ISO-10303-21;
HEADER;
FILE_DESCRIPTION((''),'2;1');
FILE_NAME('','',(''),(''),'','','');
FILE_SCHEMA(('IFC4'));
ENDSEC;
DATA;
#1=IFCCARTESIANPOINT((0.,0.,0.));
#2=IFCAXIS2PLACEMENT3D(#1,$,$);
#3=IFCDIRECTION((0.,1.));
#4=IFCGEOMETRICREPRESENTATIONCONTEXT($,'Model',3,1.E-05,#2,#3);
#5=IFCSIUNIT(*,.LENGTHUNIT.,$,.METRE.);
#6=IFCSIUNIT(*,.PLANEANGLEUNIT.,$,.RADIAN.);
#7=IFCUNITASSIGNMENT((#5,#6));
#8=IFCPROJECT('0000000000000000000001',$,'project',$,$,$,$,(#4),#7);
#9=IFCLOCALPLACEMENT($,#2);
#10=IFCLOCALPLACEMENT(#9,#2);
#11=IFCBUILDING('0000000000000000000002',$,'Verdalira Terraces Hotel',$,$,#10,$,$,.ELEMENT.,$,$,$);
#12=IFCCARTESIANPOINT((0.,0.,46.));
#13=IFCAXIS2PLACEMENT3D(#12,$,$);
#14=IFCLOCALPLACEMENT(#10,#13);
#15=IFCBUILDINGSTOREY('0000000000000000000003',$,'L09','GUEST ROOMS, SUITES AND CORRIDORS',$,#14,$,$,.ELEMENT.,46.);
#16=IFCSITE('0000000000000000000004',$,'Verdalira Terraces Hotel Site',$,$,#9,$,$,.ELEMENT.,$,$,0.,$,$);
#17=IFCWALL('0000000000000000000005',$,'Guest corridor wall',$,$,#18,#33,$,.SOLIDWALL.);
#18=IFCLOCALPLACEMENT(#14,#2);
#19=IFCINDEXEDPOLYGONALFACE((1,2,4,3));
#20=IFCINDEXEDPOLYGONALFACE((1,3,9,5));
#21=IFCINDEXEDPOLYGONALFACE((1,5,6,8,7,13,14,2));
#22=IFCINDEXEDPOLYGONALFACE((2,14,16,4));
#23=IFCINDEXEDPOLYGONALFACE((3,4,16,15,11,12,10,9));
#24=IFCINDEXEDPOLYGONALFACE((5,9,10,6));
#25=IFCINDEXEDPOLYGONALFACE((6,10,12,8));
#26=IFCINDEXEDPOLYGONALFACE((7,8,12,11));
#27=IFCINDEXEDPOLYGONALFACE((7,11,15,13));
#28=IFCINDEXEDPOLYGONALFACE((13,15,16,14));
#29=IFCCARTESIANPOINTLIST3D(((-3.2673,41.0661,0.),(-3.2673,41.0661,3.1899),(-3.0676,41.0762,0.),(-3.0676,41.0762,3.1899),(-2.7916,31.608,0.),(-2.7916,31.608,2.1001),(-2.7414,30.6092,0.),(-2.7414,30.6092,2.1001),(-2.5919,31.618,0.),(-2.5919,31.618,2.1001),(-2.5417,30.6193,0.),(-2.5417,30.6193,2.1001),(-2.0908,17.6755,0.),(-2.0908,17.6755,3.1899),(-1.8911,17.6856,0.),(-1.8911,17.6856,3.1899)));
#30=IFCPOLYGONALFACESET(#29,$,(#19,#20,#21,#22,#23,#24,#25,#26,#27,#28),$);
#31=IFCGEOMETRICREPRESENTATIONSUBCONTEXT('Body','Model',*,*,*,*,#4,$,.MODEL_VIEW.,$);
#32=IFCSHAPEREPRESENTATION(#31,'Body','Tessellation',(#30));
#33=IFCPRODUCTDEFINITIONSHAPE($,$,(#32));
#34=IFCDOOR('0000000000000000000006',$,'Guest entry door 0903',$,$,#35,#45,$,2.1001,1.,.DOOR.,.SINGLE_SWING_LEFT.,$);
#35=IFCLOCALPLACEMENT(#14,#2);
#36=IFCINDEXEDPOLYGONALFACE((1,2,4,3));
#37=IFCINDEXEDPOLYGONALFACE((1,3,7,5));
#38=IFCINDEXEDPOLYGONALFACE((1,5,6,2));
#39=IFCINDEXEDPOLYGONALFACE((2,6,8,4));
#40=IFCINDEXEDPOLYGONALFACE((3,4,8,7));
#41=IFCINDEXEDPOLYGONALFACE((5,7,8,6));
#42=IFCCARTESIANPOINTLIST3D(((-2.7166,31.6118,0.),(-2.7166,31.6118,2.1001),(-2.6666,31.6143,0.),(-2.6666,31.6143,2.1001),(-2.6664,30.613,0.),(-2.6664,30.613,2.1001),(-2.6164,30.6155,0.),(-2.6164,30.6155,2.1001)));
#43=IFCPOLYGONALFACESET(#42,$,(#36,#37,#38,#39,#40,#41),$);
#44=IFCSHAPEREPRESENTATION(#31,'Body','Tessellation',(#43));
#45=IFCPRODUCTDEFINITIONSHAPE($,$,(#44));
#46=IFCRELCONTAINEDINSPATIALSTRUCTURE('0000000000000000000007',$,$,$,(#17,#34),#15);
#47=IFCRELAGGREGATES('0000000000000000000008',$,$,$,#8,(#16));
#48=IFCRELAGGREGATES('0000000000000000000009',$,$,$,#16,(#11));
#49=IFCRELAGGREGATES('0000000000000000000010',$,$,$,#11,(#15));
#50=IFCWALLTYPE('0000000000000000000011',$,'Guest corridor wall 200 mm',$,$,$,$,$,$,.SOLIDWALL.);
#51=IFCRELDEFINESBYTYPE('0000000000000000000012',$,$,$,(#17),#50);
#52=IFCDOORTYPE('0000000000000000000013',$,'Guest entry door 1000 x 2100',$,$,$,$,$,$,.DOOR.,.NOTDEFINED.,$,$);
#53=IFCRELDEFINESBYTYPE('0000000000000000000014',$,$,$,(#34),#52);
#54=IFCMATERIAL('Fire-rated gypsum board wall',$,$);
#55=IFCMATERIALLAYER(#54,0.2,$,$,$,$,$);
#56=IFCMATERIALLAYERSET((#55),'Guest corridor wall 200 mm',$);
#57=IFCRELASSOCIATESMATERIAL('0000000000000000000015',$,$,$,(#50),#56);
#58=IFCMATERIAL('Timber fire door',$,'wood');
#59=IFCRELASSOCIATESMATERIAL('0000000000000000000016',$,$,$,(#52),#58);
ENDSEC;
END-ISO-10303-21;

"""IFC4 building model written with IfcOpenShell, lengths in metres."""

from ifc_helpers import new_model, si_unit, direction, frame, frame_2d, origin, place, context, subcontext, project, spatial, rectangle, extrude, material, layer, layer_set, type_object, element, fill, save


model = new_model("IFC4")

# Units and contexts
model_context = context("Model", 3, precision=1e-05, world=origin(), true_north=direction((0.0, 1.0)))
body_context = subcontext(model_context, "Body", "Model", "MODEL_VIEW")
ifc_project = project(units=[si_unit("LENGTHUNIT", "METRE"), si_unit("PLANEANGLEUNIT", "RADIAN")], contexts=[model_context])

# Site, building, storey
site_placement = place(None, origin())
site = spatial("IfcSite", under=ifc_project, at=site_placement, Name="Verdalira Terraces Hotel Site", CompositionType="ELEMENT", RefElevation=0.0)
building_placement = place(site_placement, origin())
building = spatial("IfcBuilding", under=site, at=building_placement, Name="Verdalira Terraces Hotel", CompositionType="ELEMENT")
storey_placement = place(building_placement, frame((0.0, 0.0, 46.0)))
storey = spatial("IfcBuildingStorey", under=building, at=storey_placement, Name="L09", Description="GUEST ROOMS, SUITES AND CORRIDORS", CompositionType="ELEMENT", Elevation=46.0)

# Shared definitions
ifc_material_1 = material(Name="Fire-rated gypsum board wall")
ifc_layer_1 = layer(ifc_material_1, 0.2)
ifc_layer_set_1 = layer_set([ifc_layer_1], Name="Guest corridor wall 200 mm")
wall_type_1 = type_object("IfcWallType", Name="Guest corridor wall 200 mm", PredefinedType="SOLIDWALL", material=ifc_layer_set_1)
ifc_material_2 = material(Name="Timber fire door", Category="wood")
door_type_1 = type_object("IfcDoorType", Name="Guest entry door 1000 x 2100", OperationType="NOTDEFINED", PredefinedType="DOOR", material=ifc_material_2)

# Wall, opening, door
wall_1_placement = place(storey_placement, frame((-1.991, 17.6807, 0.0), z_axis=(0.0, 0.0, 1.0), x_axis=(-0.050235, 0.998737, 0.0)))
wall_1 = element("IfcWall", 1, at=wall_1_placement, inside=storey, type_object=wall_type_1, Name="Guest corridor wall", PredefinedType="SOLIDWALL", context=body_context, shape_type="SweptSolid", body=[
    extrude(rectangle(XDim=23.4202, YDim=0.2, at=frame_2d((11.71, 0.0))), origin(), (0.0, 0.0, 1.0), 3.1899),
])
opening_1_placement = place(wall_1_placement, frame((12.95, 0.0, 0.0)))
opening_1 = element("IfcOpeningElement", 2, at=opening_1_placement, cuts=wall_1, PredefinedType="OPENING", context=body_context, shape_type="SweptSolid", body=[
    extrude(rectangle(XDim=1.0, YDim=2.1001, at=frame_2d((0.5, 1.05))), frame((0.0, 0.1099, 0.0), z_axis=(0.0, -1.0, 0.0), x_axis=(1.0, 0.0, 0.0)), (0.0, 0.0, 1.0), 0.22),
])
door_1_placement = place(opening_1_placement, origin())
door_1 = element("IfcDoor", 3, at=door_1_placement, inside=storey, type_object=door_type_1, Name="Guest entry door 0903", OperationType="SINGLE_SWING_LEFT", OverallHeight=2.1001, OverallWidth=1.0, PredefinedType="DOOR", context=body_context, shape_type="SweptSolid", body=[
    extrude(rectangle(XDim=1.0, YDim=2.1001, at=frame_2d((0.5, 1.05))), frame((0.0, 0.0249, 0.0), z_axis=(0.0, -1.0, 0.0), x_axis=(1.0, 0.0, 0.0)), (0.0, 0.0, 1.0), 0.05),
])
fill(opening_1, door_1)

save(model, "model.ifc")
